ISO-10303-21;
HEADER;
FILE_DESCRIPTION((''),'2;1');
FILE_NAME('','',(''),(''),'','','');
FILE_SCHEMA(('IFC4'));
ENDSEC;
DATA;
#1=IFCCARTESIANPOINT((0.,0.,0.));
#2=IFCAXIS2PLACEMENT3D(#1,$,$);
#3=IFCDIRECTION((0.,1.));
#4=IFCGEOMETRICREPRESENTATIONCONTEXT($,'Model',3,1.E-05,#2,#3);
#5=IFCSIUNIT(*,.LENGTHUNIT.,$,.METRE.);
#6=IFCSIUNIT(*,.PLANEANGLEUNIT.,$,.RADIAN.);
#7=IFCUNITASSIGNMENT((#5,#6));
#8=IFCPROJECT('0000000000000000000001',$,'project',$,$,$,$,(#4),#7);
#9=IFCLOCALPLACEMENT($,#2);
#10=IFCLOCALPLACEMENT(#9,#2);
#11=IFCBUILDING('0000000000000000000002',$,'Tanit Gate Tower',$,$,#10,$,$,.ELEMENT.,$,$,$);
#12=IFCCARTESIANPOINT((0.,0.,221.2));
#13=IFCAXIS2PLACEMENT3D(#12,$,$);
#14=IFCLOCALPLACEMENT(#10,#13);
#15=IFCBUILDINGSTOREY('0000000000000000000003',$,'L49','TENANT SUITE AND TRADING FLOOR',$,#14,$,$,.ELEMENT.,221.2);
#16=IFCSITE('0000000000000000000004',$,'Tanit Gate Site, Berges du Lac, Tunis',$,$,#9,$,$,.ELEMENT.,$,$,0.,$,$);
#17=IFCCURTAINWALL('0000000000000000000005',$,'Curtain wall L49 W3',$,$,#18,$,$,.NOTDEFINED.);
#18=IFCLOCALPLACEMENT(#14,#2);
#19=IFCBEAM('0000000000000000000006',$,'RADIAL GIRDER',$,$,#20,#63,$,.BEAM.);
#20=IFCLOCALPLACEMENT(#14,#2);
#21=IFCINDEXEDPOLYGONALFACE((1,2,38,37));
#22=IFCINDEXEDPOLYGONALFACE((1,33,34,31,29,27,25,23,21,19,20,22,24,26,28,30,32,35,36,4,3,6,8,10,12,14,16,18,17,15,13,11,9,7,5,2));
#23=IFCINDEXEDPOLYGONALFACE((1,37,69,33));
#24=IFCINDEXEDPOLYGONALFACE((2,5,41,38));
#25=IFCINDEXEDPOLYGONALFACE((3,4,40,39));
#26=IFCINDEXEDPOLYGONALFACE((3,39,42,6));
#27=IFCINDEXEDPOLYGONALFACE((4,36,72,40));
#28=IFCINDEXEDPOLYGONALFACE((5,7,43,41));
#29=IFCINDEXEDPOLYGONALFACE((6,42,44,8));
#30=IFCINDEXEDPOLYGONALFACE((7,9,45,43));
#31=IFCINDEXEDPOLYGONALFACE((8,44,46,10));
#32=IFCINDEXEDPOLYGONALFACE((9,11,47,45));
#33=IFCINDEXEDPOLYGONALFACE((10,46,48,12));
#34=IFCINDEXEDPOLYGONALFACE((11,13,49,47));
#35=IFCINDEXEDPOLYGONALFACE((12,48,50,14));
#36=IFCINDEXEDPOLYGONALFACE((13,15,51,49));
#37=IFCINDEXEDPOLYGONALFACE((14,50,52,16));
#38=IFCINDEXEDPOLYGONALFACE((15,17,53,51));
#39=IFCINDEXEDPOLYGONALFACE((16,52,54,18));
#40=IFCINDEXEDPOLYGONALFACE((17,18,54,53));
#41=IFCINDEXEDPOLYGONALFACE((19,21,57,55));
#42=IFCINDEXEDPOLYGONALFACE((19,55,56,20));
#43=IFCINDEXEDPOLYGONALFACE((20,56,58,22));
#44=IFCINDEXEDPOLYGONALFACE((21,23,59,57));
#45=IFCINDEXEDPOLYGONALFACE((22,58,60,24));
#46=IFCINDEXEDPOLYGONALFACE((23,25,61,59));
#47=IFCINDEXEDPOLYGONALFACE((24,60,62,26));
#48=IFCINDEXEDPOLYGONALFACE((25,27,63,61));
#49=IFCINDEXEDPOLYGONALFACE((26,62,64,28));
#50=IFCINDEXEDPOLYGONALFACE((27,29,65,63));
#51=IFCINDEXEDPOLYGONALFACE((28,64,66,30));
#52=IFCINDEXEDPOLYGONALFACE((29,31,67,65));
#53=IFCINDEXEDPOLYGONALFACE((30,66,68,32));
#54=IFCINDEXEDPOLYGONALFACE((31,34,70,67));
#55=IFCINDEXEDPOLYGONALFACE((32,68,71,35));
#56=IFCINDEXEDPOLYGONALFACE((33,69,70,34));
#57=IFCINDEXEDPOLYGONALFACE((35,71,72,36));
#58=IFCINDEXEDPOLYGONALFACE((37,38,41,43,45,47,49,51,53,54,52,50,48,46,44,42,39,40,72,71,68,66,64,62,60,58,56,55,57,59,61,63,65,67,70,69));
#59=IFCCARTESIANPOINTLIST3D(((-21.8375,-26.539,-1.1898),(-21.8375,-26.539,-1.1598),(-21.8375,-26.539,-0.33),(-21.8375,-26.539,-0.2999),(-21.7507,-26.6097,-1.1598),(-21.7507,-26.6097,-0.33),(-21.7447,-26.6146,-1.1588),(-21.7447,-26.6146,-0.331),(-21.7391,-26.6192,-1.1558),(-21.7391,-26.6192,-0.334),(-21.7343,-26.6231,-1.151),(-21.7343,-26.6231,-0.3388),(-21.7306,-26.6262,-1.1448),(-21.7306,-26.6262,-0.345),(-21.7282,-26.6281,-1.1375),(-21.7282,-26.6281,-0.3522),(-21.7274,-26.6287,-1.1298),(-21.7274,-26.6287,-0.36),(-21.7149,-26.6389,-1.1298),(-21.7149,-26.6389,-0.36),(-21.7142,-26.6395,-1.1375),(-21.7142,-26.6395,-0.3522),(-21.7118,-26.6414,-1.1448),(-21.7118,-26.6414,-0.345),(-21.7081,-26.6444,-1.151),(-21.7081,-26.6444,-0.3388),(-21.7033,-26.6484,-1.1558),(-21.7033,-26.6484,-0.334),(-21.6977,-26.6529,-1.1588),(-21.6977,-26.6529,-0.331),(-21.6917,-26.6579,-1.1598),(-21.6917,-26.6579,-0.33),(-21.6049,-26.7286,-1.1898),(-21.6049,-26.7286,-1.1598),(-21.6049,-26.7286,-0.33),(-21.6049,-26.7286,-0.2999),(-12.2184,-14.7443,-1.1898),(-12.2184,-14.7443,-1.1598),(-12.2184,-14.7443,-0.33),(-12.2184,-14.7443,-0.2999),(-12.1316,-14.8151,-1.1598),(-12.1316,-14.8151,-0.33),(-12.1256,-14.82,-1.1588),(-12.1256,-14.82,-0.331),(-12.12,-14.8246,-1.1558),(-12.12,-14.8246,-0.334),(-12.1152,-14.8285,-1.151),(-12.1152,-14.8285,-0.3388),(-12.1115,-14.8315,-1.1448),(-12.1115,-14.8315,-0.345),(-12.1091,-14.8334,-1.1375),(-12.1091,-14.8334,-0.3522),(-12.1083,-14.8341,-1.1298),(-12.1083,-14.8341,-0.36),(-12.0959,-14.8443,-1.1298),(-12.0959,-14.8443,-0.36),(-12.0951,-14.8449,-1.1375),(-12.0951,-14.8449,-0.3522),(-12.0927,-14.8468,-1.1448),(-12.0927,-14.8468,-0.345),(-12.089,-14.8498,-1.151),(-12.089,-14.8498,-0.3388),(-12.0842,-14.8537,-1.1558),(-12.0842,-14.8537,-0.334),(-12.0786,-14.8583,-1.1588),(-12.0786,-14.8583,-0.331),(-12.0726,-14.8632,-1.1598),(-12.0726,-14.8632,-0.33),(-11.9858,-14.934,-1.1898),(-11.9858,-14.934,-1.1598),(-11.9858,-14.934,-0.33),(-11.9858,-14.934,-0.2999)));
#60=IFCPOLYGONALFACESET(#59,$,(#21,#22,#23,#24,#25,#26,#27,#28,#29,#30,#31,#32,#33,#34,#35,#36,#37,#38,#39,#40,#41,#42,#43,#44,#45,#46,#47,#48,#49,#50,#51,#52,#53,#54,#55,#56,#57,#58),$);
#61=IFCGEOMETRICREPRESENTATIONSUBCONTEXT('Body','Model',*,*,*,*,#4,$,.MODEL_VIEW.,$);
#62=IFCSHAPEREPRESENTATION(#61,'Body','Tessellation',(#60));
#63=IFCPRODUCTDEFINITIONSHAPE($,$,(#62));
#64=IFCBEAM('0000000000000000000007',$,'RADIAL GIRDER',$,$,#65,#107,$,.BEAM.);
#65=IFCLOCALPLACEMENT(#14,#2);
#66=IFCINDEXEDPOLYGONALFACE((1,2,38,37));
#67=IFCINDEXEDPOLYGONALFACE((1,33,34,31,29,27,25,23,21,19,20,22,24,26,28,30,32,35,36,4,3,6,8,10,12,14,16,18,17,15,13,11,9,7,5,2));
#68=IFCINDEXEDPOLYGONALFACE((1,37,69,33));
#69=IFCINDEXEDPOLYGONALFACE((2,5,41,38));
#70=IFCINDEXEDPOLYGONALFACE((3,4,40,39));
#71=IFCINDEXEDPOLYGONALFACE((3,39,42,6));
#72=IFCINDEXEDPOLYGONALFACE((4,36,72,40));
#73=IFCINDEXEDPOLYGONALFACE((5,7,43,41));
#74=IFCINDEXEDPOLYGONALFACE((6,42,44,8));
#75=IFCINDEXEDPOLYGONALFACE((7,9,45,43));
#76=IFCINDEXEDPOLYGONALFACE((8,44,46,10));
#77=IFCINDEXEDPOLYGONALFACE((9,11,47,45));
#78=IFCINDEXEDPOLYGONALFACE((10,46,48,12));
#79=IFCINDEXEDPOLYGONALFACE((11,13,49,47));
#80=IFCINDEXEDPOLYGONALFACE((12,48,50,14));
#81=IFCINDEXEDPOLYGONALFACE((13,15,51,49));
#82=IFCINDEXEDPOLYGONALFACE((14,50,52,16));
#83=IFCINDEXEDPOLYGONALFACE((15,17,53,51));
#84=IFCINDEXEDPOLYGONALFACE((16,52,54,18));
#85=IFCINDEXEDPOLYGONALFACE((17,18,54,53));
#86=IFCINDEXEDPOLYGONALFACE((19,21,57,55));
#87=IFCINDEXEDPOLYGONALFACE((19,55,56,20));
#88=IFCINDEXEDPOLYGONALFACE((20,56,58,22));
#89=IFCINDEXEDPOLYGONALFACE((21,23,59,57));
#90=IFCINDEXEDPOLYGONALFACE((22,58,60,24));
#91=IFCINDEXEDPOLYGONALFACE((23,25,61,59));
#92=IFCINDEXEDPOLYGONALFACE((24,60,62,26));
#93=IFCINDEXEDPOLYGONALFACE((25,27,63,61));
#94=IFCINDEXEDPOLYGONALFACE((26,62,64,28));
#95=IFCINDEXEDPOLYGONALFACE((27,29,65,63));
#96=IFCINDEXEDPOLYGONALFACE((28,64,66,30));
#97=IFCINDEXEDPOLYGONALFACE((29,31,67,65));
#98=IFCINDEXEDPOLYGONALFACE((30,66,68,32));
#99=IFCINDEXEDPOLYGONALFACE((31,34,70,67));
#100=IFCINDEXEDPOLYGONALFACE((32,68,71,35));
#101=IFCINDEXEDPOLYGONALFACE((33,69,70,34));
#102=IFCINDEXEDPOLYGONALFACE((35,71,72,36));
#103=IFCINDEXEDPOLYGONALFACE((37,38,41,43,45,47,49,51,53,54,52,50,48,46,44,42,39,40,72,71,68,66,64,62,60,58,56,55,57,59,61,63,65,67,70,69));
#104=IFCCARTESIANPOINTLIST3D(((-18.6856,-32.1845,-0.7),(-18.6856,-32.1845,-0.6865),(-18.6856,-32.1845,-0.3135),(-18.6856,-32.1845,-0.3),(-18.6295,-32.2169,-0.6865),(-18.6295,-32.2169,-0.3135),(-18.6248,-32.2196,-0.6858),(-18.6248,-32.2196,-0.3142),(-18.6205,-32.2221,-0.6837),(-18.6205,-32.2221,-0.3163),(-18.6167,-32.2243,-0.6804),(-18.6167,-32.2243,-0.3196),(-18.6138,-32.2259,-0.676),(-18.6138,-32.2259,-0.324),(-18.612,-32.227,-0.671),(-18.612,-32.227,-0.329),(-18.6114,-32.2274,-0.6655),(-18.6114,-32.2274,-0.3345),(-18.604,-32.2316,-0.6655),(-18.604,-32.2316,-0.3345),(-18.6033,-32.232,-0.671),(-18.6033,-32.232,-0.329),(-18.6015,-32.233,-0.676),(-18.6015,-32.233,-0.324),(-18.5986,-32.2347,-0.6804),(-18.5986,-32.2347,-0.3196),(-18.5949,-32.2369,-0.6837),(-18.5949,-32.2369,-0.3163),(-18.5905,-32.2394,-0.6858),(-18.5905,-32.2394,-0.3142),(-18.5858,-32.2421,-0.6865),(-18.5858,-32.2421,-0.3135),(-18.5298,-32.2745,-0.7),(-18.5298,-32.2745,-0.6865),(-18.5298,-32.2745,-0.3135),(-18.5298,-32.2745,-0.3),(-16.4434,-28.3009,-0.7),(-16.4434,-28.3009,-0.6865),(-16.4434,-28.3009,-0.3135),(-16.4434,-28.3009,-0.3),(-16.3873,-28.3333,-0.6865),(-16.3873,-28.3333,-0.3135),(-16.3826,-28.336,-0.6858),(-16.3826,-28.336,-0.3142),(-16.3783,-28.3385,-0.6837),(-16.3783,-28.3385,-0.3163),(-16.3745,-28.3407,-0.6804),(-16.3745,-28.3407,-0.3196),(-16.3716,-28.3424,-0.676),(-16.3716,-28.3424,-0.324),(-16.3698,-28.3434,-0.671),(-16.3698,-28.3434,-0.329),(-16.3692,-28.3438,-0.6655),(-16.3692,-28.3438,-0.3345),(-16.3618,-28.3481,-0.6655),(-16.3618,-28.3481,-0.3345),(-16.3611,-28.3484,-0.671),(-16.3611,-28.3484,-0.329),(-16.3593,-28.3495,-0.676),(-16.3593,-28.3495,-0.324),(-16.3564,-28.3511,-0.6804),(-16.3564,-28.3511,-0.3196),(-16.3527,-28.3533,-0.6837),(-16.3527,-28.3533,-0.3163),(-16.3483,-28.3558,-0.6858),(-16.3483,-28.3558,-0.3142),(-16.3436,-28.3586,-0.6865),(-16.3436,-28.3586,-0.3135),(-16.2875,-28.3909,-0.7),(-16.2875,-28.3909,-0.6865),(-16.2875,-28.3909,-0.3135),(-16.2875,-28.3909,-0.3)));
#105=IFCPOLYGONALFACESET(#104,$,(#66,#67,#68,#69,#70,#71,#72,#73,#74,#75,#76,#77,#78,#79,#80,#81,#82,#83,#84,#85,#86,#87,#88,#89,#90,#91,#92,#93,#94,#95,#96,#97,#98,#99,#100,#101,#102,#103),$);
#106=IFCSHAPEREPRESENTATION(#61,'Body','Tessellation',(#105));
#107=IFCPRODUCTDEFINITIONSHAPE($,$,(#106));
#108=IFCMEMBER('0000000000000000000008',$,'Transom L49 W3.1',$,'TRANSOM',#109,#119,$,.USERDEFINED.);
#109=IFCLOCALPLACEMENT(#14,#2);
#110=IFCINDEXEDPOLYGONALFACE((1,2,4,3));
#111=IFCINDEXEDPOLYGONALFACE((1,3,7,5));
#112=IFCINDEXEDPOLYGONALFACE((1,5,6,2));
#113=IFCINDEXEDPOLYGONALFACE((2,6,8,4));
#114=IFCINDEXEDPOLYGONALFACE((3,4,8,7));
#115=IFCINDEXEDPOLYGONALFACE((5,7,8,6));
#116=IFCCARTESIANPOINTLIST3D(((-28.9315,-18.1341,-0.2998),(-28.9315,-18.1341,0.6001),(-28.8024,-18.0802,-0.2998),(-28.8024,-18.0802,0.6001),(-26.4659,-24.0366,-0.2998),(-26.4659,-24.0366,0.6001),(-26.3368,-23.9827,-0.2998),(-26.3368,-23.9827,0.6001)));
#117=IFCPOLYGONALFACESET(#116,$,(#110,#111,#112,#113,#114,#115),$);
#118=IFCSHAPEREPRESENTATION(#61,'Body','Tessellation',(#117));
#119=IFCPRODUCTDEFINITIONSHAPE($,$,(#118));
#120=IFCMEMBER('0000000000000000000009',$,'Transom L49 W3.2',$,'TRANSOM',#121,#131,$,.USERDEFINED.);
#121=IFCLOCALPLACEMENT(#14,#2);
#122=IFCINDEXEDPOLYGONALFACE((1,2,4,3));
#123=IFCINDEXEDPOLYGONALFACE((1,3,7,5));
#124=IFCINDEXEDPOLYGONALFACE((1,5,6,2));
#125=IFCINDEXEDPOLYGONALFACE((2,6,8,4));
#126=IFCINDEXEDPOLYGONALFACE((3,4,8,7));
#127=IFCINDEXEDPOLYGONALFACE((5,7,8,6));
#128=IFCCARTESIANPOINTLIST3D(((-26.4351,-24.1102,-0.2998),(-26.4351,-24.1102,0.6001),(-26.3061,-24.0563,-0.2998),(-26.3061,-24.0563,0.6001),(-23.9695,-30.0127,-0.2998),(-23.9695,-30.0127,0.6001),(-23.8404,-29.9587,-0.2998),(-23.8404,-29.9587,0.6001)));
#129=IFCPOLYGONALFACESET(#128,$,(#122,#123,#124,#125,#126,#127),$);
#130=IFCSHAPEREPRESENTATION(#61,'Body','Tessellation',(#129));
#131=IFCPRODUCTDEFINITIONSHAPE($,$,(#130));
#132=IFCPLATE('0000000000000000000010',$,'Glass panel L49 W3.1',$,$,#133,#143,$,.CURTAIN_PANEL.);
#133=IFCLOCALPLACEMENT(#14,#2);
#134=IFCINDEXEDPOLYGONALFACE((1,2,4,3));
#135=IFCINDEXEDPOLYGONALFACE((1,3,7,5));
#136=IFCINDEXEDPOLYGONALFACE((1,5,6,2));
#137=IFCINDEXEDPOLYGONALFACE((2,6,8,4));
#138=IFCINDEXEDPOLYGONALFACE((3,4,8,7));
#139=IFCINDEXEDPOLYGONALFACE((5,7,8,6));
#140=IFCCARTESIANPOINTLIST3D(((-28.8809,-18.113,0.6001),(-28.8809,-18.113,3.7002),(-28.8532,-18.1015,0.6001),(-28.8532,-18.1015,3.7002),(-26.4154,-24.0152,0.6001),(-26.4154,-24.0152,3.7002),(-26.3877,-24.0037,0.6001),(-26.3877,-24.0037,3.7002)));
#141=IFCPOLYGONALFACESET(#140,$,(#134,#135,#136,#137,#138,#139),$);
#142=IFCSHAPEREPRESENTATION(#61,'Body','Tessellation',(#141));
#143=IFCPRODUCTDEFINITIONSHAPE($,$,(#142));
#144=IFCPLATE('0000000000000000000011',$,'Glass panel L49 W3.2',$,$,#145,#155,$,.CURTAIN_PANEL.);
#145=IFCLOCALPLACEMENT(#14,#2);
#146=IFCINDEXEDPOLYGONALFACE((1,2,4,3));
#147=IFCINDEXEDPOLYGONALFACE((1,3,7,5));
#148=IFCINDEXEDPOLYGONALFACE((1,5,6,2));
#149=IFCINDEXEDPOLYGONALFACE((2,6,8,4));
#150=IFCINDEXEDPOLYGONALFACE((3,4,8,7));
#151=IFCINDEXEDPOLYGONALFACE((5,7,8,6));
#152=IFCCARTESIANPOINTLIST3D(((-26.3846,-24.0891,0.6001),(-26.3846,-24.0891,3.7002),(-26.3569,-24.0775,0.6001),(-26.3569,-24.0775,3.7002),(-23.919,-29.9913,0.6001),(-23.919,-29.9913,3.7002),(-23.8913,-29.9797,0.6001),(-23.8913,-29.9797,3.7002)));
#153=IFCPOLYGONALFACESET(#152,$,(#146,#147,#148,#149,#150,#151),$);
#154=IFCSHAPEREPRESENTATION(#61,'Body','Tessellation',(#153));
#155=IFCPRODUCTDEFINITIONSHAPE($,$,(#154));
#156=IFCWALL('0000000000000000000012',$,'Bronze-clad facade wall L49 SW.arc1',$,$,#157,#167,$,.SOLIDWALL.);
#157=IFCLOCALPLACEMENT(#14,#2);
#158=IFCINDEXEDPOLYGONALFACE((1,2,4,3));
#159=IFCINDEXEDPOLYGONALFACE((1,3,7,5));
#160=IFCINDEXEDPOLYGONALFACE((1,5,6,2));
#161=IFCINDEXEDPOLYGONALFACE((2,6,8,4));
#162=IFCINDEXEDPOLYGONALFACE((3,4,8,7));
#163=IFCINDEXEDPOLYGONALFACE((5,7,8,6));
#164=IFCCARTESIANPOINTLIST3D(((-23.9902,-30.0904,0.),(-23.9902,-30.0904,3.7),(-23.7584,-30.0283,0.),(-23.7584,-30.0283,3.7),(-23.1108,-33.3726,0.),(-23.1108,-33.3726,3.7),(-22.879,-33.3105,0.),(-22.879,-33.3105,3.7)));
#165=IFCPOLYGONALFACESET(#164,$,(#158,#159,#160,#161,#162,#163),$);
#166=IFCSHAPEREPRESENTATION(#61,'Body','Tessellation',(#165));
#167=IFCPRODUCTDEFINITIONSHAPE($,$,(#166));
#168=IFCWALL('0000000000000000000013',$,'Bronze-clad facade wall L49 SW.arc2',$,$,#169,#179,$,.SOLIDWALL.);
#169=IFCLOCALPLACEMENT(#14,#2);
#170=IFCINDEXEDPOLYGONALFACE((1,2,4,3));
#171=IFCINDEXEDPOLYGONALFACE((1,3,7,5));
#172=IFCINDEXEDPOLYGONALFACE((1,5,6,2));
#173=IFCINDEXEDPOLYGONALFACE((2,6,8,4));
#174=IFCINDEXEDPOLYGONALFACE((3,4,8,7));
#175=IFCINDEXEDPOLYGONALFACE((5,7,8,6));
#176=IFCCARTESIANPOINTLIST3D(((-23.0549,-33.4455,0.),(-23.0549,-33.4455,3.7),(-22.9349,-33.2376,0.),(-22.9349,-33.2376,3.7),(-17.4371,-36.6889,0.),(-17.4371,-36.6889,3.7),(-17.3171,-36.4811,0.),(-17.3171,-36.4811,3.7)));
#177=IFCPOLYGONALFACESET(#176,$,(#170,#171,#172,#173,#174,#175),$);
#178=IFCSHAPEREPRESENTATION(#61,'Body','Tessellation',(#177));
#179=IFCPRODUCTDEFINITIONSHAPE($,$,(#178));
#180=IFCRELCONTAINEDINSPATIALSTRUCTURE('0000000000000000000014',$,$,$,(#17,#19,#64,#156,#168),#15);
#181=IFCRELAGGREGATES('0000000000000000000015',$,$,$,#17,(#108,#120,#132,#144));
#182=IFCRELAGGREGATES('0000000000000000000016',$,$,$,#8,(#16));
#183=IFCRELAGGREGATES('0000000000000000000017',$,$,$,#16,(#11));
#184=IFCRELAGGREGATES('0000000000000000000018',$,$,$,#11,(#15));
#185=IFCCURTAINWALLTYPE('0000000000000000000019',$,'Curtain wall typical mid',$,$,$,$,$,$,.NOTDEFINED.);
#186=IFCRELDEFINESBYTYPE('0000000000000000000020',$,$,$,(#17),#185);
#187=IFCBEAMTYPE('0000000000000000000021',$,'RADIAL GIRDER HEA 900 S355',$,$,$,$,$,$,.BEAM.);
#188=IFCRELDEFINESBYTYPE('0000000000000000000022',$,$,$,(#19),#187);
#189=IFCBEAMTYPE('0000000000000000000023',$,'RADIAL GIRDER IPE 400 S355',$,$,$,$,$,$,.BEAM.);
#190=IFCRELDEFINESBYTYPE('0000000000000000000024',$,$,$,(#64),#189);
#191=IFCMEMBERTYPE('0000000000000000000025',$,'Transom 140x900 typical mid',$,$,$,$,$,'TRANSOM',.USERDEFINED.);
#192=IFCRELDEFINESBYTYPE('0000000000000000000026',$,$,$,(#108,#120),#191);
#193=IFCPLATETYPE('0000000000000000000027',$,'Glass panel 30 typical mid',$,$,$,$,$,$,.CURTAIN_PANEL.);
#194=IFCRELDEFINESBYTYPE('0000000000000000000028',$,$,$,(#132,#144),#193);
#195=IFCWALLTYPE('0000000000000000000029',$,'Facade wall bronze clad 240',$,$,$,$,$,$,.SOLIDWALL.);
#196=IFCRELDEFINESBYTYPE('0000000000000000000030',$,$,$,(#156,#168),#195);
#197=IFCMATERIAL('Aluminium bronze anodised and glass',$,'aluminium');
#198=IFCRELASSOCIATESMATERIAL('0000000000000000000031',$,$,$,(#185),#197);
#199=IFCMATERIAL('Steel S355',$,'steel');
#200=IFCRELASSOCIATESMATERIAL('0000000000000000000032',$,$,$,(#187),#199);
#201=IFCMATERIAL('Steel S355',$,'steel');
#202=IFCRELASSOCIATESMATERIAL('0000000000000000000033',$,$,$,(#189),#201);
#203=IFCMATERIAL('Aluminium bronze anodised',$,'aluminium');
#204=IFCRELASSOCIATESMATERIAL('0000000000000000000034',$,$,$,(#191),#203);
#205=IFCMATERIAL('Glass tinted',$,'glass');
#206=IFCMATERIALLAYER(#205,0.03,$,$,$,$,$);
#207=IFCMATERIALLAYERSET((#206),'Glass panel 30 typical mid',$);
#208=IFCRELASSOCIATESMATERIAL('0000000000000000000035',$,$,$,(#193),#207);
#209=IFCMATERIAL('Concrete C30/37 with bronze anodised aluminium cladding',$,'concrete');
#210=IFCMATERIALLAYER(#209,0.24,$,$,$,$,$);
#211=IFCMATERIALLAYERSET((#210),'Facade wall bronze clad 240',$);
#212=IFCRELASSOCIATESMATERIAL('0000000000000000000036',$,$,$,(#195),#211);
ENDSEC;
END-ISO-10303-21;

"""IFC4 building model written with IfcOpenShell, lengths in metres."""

from ifc_helpers import new_model, si_unit, direction, frame, frame_2d, origin, origin_2d, place, context, subcontext, project, spatial, rectangle, i_section, extrude, material, layer, layer_set, material_profile, profile_set, type_object, element, aggregate, save


model = new_model("IFC4")

# Units and contexts
model_context = context("Model", 3, precision=1e-05, world=origin(), true_north=direction((0.0, 1.0)))
body_context = subcontext(model_context, "Body", "Model", "MODEL_VIEW")
ifc_project = project(units=[si_unit("LENGTHUNIT", "METRE"), si_unit("PLANEANGLEUNIT", "RADIAN")], contexts=[model_context])

# Site, building, storey
site_placement = place(None, origin())
site = spatial("IfcSite", under=ifc_project, at=site_placement, Name="Tanit Gate Site, Berges du Lac, Tunis", CompositionType="ELEMENT", RefElevation=0.0)
building_placement = place(site_placement, origin())
building = spatial("IfcBuilding", under=site, at=building_placement, Name="Tanit Gate Tower", CompositionType="ELEMENT")
storey_placement = place(building_placement, frame((0.0, 0.0, 221.2)))
storey = spatial("IfcBuildingStorey", under=building, at=storey_placement, Name="L49", Description="TENANT SUITE AND TRADING FLOOR", CompositionType="ELEMENT", Elevation=221.2)

# Curtain wall
ifc_material_1 = material(Name="Aluminium bronze anodised and glass", Category="aluminium")
curtain_wall_type = type_object("IfcCurtainWallType", Name="Curtain wall typical mid", PredefinedType="NOTDEFINED", material=ifc_material_1)
curtain_wall_1_placement = place(storey_placement, origin())
curtain_wall_1 = element("IfcCurtainWall", 1, at=curtain_wall_1_placement, inside=storey, type_object=curtain_wall_type, Name="Curtain wall L49 W3", PredefinedType="NOTDEFINED")

# Beams
ifc_material_2 = material(Name="Steel S355", Category="steel")
ifc_material_profile_1 = material_profile(ifc_material_2, i_section(OverallWidth=0.3, OverallDepth=0.8899, WebThickness=0.0161, FlangeThickness=0.03, FilletRadius=0.03, at=origin_2d()), Name="HEA 900")
ifc_profile_set_1 = profile_set([ifc_material_profile_1], Name="Steel S355")
beam_type_1 = type_object("IfcBeamType", Name="RADIAL GIRDER HEA 900 S355", PredefinedType="BEAM", material=ifc_profile_set_1)
beam_1_placement = place(storey_placement, frame((-21.7212, -26.6338, -0.7449), z_axis=(0.632015, 0.774956, 0.0), x_axis=(-0.774956, 0.632015, 0.0)))
element("IfcBeam", 2, at=beam_1_placement, inside=storey, type_object=beam_type_1, Name="RADIAL GIRDER", PredefinedType="BEAM", context=body_context, shape_type="SweptSolid", body=[
    extrude(i_section(OverallWidth=0.3, OverallDepth=0.8899, WebThickness=0.0161, FlangeThickness=0.03, FilletRadius=0.03, at=origin_2d()), origin(), (0.0, 0.0, 1.0), 15.2197),
])
ifc_material_3 = material(Name="Steel S355", Category="steel")
ifc_material_profile_2 = material_profile(ifc_material_3, i_section(OverallWidth=0.1799, OverallDepth=0.3999, WebThickness=0.0085, FlangeThickness=0.0134, FilletRadius=0.021, at=origin_2d()), Name="IPE 400")
ifc_profile_set_2 = profile_set([ifc_material_profile_2], Name="Steel S355")
beam_type_2 = type_object("IfcBeamType", Name="RADIAL GIRDER IPE 400 S355", PredefinedType="BEAM", material=ifc_profile_set_2)
beam_2_placement = place(storey_placement, frame((-18.6077, -32.2295, -0.5), z_axis=(0.500004, 0.866023, 0.0), x_axis=(-0.866023, 0.500004, 0.0)))
element("IfcBeam", 3, at=beam_2_placement, inside=storey, type_object=beam_type_2, Name="RADIAL GIRDER", PredefinedType="BEAM", context=body_context, shape_type="SweptSolid", body=[
    extrude(i_section(OverallWidth=0.1799, OverallDepth=0.3999, WebThickness=0.0085, FlangeThickness=0.0134, FilletRadius=0.021, at=origin_2d()), origin(), (0.0, 0.0, 1.0), 4.4844),
])

# Members
ifc_material_4 = material(Name="Aluminium bronze anodised", Category="aluminium")
ifc_material_profile_3 = material_profile(ifc_material_4, rectangle(XDim=0.1399, YDim=0.8999, at=origin_2d()), Name="140x900 bronze transom")
ifc_profile_set_3 = profile_set([ifc_material_profile_3], Name="Aluminium bronze anodised")
member_type_1 = type_object("IfcMemberType", Name="Transom 140x900 typical mid", ElementType="TRANSOM", PredefinedType="USERDEFINED", material=ifc_profile_set_3)
member_1_placement = place(storey_placement, frame((-28.8669, -18.1072, 0.1501), z_axis=(0.38545, -0.922729, 0.0), x_axis=(0.922729, 0.38545, 0.0)))
member_1 = element("IfcMember", 4, at=member_1_placement, type_object=member_type_1, Name="Transom L49 W3.1", ObjectType="TRANSOM", PredefinedType="USERDEFINED", context=body_context, shape_type="SweptSolid", body=[
    extrude(rectangle(XDim=0.1399, YDim=0.8999, at=origin_2d()), origin(), (0.0, 0.0, 1.0), 6.3967),
])
member_2_placement = place(storey_placement, frame((-26.3706, -24.0833, 0.1501), z_axis=(0.38545, -0.922729, 0.0), x_axis=(0.922729, 0.38545, 0.0)))
member_2 = element("IfcMember", 5, at=member_2_placement, type_object=member_type_1, Name="Transom L49 W3.2", ObjectType="TRANSOM", PredefinedType="USERDEFINED", context=body_context, shape_type="SweptSolid", body=[
    extrude(rectangle(XDim=0.1399, YDim=0.8999, at=origin_2d()), origin(), (0.0, 0.0, 1.0), 6.3967),
])

# Plates
ifc_material_5 = material(Name="Glass tinted", Category="glass")
ifc_layer_1 = layer(ifc_material_5, 0.03)
ifc_layer_set_1 = layer_set([ifc_layer_1], Name="Glass panel 30 typical mid")
plate_type = type_object("IfcPlateType", Name="Glass panel 30 typical mid", PredefinedType="CURTAIN_PANEL", material=ifc_layer_set_1)
plate_1_placement = place(storey_placement, frame((-27.6343, -21.0583, 0.6001), z_axis=(0.0, 0.0, 1.0), x_axis=(0.385451, -0.922728, 0.0)))
plate_1 = element("IfcPlate", 6, at=plate_1_placement, type_object=plate_type, Name="Glass panel L49 W3.1", PredefinedType="CURTAIN_PANEL", context=body_context, shape_type="SweptSolid", body=[
    extrude(rectangle(XDim=6.3965, YDim=0.03, at=origin_2d()), origin(), (0.0, 0.0, 1.0), 3.1001),
])
plate_2_placement = place(storey_placement, frame((-25.1379, -27.0344, 0.6001), z_axis=(0.0, 0.0, 1.0), x_axis=(0.385451, -0.922728, 0.0)))
plate_2 = element("IfcPlate", 7, at=plate_2_placement, type_object=plate_type, Name="Glass panel L49 W3.2", PredefinedType="CURTAIN_PANEL", context=body_context, shape_type="SweptSolid", body=[
    extrude(rectangle(XDim=6.3965, YDim=0.03, at=origin_2d()), origin(), (0.0, 0.0, 1.0), 3.1001),
])
aggregate(curtain_wall_1, [member_1, member_2, plate_1, plate_2])

# Walls
ifc_material_6 = material(Name="Concrete C30/37 with bronze anodised aluminium cladding", Category="concrete")
ifc_layer_2 = layer(ifc_material_6, 0.24)
ifc_layer_set_2 = layer_set([ifc_layer_2], Name="Facade wall bronze clad 240")
wall_type_1 = type_object("IfcWallType", Name="Facade wall bronze clad 240", PredefinedType="SOLIDWALL", material=ifc_layer_set_2)
wall_1_placement = place(storey_placement, frame((-23.8743, -30.0593, 0.0), z_axis=(0.0, 0.0, 1.0), x_axis=(0.258798, -0.965931, 0.0)))
element("IfcWall", 8, at=wall_1_placement, inside=storey, type_object=wall_type_1, Name="Bronze-clad facade wall L49 SW.arc1", PredefinedType="SOLIDWALL", context=body_context, shape_type="SweptSolid", body=[
    extrude(rectangle(XDim=3.3979, YDim=0.24, at=frame_2d((1.699, 0.0))), origin(), (0.0, 0.0, 1.0), 3.7),
])
wall_2_placement = place(storey_placement, frame((-22.9949, -33.3416, 0.0), z_axis=(0.0, 0.0, 1.0), x_axis=(0.866023, -0.500005, 0.0)))
element("IfcWall", 9, at=wall_2_placement, inside=storey, type_object=wall_type_1, Name="Bronze-clad facade wall L49 SW.arc2", PredefinedType="SOLIDWALL", context=body_context, shape_type="SweptSolid", body=[
    extrude(rectangle(XDim=6.4868, YDim=0.24, at=frame_2d((3.2434, 0.0))), origin(), (0.0, 0.0, 1.0), 3.7),
])

save(model, "model.ifc")
